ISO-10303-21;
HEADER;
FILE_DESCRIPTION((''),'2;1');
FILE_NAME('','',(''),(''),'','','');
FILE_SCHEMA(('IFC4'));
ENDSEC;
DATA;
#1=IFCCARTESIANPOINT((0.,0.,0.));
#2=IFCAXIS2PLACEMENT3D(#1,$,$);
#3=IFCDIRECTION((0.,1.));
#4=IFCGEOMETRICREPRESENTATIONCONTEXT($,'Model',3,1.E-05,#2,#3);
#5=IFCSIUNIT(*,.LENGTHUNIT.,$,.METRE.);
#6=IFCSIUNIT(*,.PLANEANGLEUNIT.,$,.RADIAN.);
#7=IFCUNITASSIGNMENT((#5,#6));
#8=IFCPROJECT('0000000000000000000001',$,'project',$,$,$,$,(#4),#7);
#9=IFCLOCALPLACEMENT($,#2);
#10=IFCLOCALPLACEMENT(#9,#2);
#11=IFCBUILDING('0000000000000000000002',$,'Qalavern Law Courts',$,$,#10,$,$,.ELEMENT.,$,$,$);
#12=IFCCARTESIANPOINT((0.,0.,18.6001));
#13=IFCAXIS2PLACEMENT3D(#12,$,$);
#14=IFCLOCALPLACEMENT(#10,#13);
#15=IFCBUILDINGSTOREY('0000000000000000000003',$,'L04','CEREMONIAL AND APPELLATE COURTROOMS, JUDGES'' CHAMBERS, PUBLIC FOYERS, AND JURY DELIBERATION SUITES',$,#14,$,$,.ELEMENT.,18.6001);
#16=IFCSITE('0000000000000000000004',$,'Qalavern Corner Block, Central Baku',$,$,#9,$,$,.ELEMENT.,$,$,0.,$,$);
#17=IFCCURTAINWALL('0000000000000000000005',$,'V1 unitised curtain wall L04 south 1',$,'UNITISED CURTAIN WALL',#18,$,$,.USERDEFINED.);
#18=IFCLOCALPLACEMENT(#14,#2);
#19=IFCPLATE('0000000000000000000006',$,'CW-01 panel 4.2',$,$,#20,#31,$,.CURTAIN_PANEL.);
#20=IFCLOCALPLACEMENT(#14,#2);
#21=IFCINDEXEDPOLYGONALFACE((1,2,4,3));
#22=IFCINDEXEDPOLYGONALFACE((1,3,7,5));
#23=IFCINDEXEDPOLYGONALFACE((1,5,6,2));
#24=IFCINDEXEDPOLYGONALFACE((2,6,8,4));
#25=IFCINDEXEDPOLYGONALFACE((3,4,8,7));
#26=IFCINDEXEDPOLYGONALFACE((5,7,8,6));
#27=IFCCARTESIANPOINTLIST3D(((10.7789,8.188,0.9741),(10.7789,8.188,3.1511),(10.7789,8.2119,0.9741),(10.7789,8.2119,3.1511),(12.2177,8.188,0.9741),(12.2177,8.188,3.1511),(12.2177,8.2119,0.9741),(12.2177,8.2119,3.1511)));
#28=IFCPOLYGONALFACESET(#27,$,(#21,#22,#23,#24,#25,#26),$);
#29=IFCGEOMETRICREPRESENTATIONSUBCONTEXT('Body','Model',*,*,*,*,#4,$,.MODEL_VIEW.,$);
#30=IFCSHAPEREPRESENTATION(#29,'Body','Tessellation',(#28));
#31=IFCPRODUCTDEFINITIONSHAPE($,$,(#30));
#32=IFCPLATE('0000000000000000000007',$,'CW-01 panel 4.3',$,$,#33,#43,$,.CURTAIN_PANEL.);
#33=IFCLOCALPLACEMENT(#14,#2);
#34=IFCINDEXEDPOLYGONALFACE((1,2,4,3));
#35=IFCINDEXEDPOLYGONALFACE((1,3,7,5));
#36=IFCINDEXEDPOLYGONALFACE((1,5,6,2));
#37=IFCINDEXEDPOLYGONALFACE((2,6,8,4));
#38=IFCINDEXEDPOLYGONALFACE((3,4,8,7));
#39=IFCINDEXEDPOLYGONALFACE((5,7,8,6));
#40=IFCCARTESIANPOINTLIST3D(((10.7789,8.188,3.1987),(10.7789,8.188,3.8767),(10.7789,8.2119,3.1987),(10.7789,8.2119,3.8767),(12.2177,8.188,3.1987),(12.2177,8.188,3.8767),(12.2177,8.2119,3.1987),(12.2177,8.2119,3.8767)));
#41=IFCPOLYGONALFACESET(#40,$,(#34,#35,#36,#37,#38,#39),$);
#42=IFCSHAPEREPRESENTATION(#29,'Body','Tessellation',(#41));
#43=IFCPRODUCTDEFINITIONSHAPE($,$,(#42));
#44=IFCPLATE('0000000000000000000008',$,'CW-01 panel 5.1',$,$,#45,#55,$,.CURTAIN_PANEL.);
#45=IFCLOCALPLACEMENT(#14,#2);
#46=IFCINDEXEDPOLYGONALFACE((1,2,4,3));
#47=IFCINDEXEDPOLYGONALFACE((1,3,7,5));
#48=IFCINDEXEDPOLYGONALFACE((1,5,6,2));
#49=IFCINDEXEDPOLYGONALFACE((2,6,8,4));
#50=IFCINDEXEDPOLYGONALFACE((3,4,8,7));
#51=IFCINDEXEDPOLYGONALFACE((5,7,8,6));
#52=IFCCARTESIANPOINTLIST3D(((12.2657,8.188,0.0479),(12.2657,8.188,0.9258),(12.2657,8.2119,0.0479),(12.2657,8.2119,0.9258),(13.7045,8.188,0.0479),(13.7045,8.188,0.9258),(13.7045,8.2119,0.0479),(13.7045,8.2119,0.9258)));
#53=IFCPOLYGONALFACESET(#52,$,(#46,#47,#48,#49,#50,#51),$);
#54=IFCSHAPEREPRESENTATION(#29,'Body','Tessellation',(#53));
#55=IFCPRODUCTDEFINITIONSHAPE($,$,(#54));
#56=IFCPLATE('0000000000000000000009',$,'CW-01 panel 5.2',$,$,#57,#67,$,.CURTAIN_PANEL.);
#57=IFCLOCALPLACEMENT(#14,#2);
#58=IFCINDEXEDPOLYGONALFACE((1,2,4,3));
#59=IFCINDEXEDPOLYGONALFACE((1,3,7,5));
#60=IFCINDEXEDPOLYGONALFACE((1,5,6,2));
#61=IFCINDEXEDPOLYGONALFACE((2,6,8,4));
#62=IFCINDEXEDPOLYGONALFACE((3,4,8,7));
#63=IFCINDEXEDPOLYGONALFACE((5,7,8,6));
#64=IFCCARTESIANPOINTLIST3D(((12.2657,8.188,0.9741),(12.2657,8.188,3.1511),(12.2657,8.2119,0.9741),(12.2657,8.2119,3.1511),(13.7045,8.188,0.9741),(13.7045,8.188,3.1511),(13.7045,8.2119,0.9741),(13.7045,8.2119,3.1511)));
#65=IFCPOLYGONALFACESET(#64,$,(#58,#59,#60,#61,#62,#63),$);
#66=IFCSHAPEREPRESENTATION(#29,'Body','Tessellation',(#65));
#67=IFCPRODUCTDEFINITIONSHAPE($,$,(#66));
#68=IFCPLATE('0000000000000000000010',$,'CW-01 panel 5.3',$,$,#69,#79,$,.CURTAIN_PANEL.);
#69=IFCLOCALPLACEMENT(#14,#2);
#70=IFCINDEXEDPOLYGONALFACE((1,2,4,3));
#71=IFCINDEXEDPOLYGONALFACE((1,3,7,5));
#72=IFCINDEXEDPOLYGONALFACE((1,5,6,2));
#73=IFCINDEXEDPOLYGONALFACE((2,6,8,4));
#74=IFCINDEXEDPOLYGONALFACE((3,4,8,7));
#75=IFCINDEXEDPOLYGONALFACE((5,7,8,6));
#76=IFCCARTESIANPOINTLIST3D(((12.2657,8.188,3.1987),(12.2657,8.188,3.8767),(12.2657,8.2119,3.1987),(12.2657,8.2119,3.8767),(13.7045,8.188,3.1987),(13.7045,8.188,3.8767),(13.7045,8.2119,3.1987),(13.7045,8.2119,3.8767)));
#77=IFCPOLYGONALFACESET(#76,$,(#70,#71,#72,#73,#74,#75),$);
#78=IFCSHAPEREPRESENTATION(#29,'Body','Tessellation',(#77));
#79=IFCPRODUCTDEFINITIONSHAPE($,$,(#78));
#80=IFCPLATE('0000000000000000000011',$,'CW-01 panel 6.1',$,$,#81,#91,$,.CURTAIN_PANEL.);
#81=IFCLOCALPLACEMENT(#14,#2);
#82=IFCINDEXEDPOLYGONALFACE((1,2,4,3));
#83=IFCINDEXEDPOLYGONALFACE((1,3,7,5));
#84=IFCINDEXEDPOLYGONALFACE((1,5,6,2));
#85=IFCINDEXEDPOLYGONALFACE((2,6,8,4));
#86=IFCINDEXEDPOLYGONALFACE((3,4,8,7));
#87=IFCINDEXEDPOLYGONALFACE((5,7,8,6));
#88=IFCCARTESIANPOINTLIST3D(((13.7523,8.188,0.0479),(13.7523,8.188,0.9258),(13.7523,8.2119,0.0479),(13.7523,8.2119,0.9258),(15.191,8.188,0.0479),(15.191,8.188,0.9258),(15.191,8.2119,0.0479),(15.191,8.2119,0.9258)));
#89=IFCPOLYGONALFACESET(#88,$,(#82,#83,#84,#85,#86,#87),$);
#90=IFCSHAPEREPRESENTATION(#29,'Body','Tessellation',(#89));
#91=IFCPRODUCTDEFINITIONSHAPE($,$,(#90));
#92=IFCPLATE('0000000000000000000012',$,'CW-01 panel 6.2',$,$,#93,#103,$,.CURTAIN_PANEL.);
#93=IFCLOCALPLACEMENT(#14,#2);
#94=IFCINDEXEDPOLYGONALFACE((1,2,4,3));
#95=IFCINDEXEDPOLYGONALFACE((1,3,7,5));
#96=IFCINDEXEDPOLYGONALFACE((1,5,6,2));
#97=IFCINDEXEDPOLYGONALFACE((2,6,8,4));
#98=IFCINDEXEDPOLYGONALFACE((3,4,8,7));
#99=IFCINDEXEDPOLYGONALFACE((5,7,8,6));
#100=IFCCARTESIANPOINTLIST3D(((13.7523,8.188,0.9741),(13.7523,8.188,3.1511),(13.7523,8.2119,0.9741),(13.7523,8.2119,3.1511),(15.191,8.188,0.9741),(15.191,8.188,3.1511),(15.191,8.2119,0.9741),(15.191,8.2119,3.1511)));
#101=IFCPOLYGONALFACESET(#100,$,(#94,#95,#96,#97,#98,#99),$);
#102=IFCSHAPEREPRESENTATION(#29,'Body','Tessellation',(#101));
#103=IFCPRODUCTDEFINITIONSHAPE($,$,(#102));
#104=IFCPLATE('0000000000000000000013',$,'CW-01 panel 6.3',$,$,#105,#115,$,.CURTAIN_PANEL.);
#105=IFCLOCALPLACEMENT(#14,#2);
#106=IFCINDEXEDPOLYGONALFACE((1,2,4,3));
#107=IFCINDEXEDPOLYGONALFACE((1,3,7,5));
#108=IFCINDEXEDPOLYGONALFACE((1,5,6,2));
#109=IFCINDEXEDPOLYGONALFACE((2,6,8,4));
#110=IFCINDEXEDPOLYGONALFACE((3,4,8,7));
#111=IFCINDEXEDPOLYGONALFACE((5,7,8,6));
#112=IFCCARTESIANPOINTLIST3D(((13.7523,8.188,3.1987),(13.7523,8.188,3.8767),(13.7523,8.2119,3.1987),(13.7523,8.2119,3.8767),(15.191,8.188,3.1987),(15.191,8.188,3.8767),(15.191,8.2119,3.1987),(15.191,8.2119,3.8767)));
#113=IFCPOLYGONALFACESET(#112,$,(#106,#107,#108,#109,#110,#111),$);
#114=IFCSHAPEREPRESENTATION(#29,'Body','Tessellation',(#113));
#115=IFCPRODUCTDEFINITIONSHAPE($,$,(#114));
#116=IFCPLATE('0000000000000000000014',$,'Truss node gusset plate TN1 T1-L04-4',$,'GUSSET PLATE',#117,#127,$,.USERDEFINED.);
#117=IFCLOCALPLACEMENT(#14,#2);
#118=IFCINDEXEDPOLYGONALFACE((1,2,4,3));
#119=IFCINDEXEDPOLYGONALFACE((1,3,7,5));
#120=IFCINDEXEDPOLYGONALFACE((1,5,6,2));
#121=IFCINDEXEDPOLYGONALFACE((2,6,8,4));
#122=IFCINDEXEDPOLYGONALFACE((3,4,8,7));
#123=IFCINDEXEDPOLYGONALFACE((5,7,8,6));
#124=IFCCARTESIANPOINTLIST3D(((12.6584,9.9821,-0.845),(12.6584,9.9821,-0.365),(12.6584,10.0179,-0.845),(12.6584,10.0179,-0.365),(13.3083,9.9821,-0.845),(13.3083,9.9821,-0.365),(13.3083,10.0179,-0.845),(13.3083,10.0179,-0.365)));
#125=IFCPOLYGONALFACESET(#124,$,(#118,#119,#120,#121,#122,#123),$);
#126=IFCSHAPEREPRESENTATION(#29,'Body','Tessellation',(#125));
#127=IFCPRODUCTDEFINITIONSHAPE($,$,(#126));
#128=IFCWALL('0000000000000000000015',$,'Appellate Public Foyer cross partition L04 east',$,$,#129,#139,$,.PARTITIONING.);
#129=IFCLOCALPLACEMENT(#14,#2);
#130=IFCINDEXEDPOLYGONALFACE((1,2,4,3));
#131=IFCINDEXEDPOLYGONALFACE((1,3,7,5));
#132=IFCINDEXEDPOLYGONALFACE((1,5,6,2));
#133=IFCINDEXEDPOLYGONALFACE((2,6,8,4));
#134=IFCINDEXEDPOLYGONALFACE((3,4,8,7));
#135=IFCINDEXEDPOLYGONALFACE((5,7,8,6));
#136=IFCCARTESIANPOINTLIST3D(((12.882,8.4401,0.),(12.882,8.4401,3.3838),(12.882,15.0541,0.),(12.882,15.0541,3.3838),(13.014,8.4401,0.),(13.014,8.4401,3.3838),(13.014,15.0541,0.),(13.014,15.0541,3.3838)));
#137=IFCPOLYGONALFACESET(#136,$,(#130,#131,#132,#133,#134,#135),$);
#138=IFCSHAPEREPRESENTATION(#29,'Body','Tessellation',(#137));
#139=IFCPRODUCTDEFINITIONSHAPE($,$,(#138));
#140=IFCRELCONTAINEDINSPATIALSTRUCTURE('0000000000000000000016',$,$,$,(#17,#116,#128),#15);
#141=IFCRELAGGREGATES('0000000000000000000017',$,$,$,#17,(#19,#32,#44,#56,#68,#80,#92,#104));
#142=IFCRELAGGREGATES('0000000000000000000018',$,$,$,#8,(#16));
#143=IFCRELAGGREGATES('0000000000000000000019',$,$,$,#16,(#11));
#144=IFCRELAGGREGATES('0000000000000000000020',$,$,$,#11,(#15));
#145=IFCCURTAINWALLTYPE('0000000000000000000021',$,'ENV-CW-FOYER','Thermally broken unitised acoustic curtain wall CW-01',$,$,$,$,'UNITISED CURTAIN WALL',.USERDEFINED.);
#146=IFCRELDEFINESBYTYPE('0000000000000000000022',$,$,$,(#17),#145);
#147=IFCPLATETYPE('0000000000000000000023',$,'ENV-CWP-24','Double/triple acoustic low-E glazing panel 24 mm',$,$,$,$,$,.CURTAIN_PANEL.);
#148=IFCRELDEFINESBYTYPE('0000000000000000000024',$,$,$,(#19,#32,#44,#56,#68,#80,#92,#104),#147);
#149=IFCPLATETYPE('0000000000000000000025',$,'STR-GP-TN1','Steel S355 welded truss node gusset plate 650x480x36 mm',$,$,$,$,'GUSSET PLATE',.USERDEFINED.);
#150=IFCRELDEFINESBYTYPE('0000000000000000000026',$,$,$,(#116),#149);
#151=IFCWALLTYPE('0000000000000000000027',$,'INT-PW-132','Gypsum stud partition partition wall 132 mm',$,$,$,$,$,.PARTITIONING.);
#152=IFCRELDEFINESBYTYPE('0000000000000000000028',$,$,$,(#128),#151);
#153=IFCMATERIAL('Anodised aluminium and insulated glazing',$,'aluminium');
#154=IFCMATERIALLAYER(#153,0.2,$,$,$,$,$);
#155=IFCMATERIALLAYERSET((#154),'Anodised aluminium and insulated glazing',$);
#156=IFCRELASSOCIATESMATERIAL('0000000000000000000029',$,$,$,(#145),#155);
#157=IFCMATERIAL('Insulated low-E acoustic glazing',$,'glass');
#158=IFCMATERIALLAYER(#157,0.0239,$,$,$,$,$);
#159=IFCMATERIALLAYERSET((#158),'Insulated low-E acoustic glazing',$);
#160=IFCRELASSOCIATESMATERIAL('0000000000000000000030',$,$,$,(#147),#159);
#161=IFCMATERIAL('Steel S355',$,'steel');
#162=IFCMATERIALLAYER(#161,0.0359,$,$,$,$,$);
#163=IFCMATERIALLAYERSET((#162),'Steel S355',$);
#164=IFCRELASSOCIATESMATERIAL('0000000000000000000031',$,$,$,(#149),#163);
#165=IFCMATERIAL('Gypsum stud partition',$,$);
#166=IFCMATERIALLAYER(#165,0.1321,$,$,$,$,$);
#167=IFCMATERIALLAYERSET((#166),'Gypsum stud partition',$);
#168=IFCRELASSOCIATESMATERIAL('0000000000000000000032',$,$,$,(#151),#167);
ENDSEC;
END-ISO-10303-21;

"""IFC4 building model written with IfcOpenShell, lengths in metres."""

from ifc_helpers import new_model, si_unit, direction, frame, frame_2d, origin, origin_2d, place, context, subcontext, project, spatial, rectangle, extrude, material, layer, layer_set, type_object, element, aggregate, save


model = new_model("IFC4")

# Units and contexts
model_context = context("Model", 3, precision=1e-05, world=origin(), true_north=direction((0.0, 1.0)))
body_context = subcontext(model_context, "Body", "Model", "MODEL_VIEW")
ifc_project = project(units=[si_unit("LENGTHUNIT", "METRE"), si_unit("PLANEANGLEUNIT", "RADIAN")], contexts=[model_context])

# Site, building, storey
site_placement = place(None, origin())
site = spatial("IfcSite", under=ifc_project, at=site_placement, Name="Qalavern Corner Block, Central Baku", CompositionType="ELEMENT", RefElevation=0.0)
building_placement = place(site_placement, origin())
building = spatial("IfcBuilding", under=site, at=building_placement, Name="Qalavern Law Courts", CompositionType="ELEMENT")
storey_placement = place(building_placement, frame((0.0, 0.0, 18.6001)))
storey = spatial("IfcBuildingStorey", under=building, at=storey_placement, Name="L04", Description="CEREMONIAL AND APPELLATE COURTROOMS, JUDGES' CHAMBERS, PUBLIC FOYERS, AND JURY DELIBERATION SUITES", CompositionType="ELEMENT", Elevation=18.6001)

# Curtain wall
ifc_material_1 = material(Name="Anodised aluminium and insulated glazing", Category="aluminium")
ifc_layer_1 = layer(ifc_material_1, 0.2)
ifc_layer_set_1 = layer_set([ifc_layer_1], Name="Anodised aluminium and insulated glazing")
curtain_wall_type = type_object("IfcCurtainWallType", Name="ENV-CW-FOYER", Description="Thermally broken unitised acoustic curtain wall CW-01", ElementType="UNITISED CURTAIN WALL", PredefinedType="USERDEFINED", material=ifc_layer_set_1)
curtain_wall_placement = place(storey_placement, origin())
curtain_wall = element("IfcCurtainWall", 1, at=curtain_wall_placement, inside=storey, type_object=curtain_wall_type, Name="V1 unitised curtain wall L04 south 1", ObjectType="UNITISED CURTAIN WALL", PredefinedType="USERDEFINED")

# Shared definitions
ifc_material_2 = material(Name="Steel S355", Category="steel")

# Plates
ifc_material_3 = material(Name="Insulated low-E acoustic glazing", Category="glass")
ifc_layer_2 = layer(ifc_material_3, 0.0239)
ifc_layer_set_2 = layer_set([ifc_layer_2], Name="Insulated low-E acoustic glazing")
plate_type_1 = type_object("IfcPlateType", Name="ENV-CWP-24", Description="Double/triple acoustic low-E glazing panel 24 mm", PredefinedType="CURTAIN_PANEL", material=ifc_layer_set_2)
plate_1_placement = place(storey_placement, frame((11.4983, 8.2, 0.9741), z_axis=(0.0, 0.0, 1.0), x_axis=(1.0, 0.0, 0.0)))
plate_1 = element("IfcPlate", 2, at=plate_1_placement, type_object=plate_type_1, Name="CW-01 panel 4.2", PredefinedType="CURTAIN_PANEL", context=body_context, shape_type="SweptSolid", body=[
    extrude(rectangle(XDim=1.4387, YDim=0.0239, at=origin_2d()), origin(), (0.0, 0.0, 1.0), 2.177),
])
plate_2_placement = place(storey_placement, frame((11.4983, 8.2, 3.1987), z_axis=(0.0, 0.0, 1.0), x_axis=(1.0, 0.0, 0.0)))
plate_2 = element("IfcPlate", 3, at=plate_2_placement, type_object=plate_type_1, Name="CW-01 panel 4.3", PredefinedType="CURTAIN_PANEL", context=body_context, shape_type="SweptSolid", body=[
    extrude(rectangle(XDim=1.4387, YDim=0.0239, at=origin_2d()), origin(), (0.0, 0.0, 1.0), 0.678),
])
plate_3_placement = place(storey_placement, frame((12.9851, 8.2, 0.0479), z_axis=(0.0, 0.0, 1.0), x_axis=(1.0, 0.0, 0.0)))
plate_3 = element("IfcPlate", 4, at=plate_3_placement, type_object=plate_type_1, Name="CW-01 panel 5.1", PredefinedType="CURTAIN_PANEL", context=body_context, shape_type="SweptSolid", body=[
    extrude(rectangle(XDim=1.4387, YDim=0.0239, at=origin_2d()), origin(), (0.0, 0.0, 1.0), 0.8779),
])
plate_4_placement = place(storey_placement, frame((12.9851, 8.2, 0.9741), z_axis=(0.0, 0.0, 1.0), x_axis=(1.0, 0.0, 0.0)))
plate_4 = element("IfcPlate", 5, at=plate_4_placement, type_object=plate_type_1, Name="CW-01 panel 5.2", PredefinedType="CURTAIN_PANEL", context=body_context, shape_type="SweptSolid", body=[
    extrude(rectangle(XDim=1.4387, YDim=0.0239, at=origin_2d()), origin(), (0.0, 0.0, 1.0), 2.177),
])
plate_5_placement = place(storey_placement, frame((12.9851, 8.2, 3.1987), z_axis=(0.0, 0.0, 1.0), x_axis=(1.0, 0.0, 0.0)))
plate_5 = element("IfcPlate", 6, at=plate_5_placement, type_object=plate_type_1, Name="CW-01 panel 5.3", PredefinedType="CURTAIN_PANEL", context=body_context, shape_type="SweptSolid", body=[
    extrude(rectangle(XDim=1.4387, YDim=0.0239, at=origin_2d()), origin(), (0.0, 0.0, 1.0), 0.678),
])
plate_6_placement = place(storey_placement, frame((14.4717, 8.2, 0.0479), z_axis=(0.0, 0.0, 1.0), x_axis=(1.0, 0.0, 0.0)))
plate_6 = element("IfcPlate", 7, at=plate_6_placement, type_object=plate_type_1, Name="CW-01 panel 6.1", PredefinedType="CURTAIN_PANEL", context=body_context, shape_type="SweptSolid", body=[
    extrude(rectangle(XDim=1.4387, YDim=0.0239, at=origin_2d()), origin(), (0.0, 0.0, 1.0), 0.8779),
])
plate_7_placement = place(storey_placement, frame((14.4717, 8.2, 0.9741), z_axis=(0.0, 0.0, 1.0), x_axis=(1.0, 0.0, 0.0)))
plate_7 = element("IfcPlate", 8, at=plate_7_placement, type_object=plate_type_1, Name="CW-01 panel 6.2", PredefinedType="CURTAIN_PANEL", context=body_context, shape_type="SweptSolid", body=[
    extrude(rectangle(XDim=1.4387, YDim=0.0239, at=origin_2d()), origin(), (0.0, 0.0, 1.0), 2.177),
])
plate_8_placement = place(storey_placement, frame((14.4717, 8.2, 3.1987), z_axis=(0.0, 0.0, 1.0), x_axis=(1.0, 0.0, 0.0)))
plate_8 = element("IfcPlate", 9, at=plate_8_placement, type_object=plate_type_1, Name="CW-01 panel 6.3", PredefinedType="CURTAIN_PANEL", context=body_context, shape_type="SweptSolid", body=[
    extrude(rectangle(XDim=1.4387, YDim=0.0239, at=origin_2d()), origin(), (0.0, 0.0, 1.0), 0.678),
])
aggregate(curtain_wall, [plate_1, plate_2, plate_3, plate_4, plate_5, plate_6, plate_7, plate_8])
ifc_layer_3 = layer(ifc_material_2, 0.0359)
ifc_layer_set_3 = layer_set([ifc_layer_3], Name="Steel S355")
plate_type_2 = type_object("IfcPlateType", Name="STR-GP-TN1", Description="Steel S355 welded truss node gusset plate 650x480x36 mm", ElementType="GUSSET PLATE", PredefinedType="USERDEFINED", material=ifc_layer_set_3)
plate_9_placement = place(storey_placement, frame((12.9834, 10.0, -0.845), z_axis=(0.0, 0.0, 1.0), x_axis=(1.0, 0.0, 0.0)))
element("IfcPlate", 10, at=plate_9_placement, inside=storey, type_object=plate_type_2, Name="Truss node gusset plate TN1 T1-L04-4", ObjectType="GUSSET PLATE", PredefinedType="USERDEFINED", context=body_context, shape_type="SweptSolid", body=[
    extrude(rectangle(XDim=0.6499, YDim=0.0359, at=origin_2d()), origin(), (0.0, 0.0, 1.0), 0.48),
])

# Wall
ifc_material_4 = material(Name="Gypsum stud partition")
ifc_layer_4 = layer(ifc_material_4, 0.1321)
ifc_layer_set_4 = layer_set([ifc_layer_4], Name="Gypsum stud partition")
wall_type = type_object("IfcWallType", Name="INT-PW-132", Description="Gypsum stud partition partition wall 132 mm", PredefinedType="PARTITIONING", material=ifc_layer_set_4)
wall_placement = place(storey_placement, frame((12.948, 8.4399, 0.0), z_axis=(0.0, 0.0, 1.0), x_axis=(0.0, 1.0, 0.0)))
element("IfcWall", 11, at=wall_placement, inside=storey, type_object=wall_type, Name="Appellate Public Foyer cross partition L04 east", PredefinedType="PARTITIONING", context=body_context, shape_type="SweptSolid", body=[
    extrude(rectangle(XDim=6.614, YDim=0.1321, at=frame_2d((3.3071, 0.0))), origin(), (0.0, 0.0, 1.0), 3.3838),
])

save(model, "model.ifc")
